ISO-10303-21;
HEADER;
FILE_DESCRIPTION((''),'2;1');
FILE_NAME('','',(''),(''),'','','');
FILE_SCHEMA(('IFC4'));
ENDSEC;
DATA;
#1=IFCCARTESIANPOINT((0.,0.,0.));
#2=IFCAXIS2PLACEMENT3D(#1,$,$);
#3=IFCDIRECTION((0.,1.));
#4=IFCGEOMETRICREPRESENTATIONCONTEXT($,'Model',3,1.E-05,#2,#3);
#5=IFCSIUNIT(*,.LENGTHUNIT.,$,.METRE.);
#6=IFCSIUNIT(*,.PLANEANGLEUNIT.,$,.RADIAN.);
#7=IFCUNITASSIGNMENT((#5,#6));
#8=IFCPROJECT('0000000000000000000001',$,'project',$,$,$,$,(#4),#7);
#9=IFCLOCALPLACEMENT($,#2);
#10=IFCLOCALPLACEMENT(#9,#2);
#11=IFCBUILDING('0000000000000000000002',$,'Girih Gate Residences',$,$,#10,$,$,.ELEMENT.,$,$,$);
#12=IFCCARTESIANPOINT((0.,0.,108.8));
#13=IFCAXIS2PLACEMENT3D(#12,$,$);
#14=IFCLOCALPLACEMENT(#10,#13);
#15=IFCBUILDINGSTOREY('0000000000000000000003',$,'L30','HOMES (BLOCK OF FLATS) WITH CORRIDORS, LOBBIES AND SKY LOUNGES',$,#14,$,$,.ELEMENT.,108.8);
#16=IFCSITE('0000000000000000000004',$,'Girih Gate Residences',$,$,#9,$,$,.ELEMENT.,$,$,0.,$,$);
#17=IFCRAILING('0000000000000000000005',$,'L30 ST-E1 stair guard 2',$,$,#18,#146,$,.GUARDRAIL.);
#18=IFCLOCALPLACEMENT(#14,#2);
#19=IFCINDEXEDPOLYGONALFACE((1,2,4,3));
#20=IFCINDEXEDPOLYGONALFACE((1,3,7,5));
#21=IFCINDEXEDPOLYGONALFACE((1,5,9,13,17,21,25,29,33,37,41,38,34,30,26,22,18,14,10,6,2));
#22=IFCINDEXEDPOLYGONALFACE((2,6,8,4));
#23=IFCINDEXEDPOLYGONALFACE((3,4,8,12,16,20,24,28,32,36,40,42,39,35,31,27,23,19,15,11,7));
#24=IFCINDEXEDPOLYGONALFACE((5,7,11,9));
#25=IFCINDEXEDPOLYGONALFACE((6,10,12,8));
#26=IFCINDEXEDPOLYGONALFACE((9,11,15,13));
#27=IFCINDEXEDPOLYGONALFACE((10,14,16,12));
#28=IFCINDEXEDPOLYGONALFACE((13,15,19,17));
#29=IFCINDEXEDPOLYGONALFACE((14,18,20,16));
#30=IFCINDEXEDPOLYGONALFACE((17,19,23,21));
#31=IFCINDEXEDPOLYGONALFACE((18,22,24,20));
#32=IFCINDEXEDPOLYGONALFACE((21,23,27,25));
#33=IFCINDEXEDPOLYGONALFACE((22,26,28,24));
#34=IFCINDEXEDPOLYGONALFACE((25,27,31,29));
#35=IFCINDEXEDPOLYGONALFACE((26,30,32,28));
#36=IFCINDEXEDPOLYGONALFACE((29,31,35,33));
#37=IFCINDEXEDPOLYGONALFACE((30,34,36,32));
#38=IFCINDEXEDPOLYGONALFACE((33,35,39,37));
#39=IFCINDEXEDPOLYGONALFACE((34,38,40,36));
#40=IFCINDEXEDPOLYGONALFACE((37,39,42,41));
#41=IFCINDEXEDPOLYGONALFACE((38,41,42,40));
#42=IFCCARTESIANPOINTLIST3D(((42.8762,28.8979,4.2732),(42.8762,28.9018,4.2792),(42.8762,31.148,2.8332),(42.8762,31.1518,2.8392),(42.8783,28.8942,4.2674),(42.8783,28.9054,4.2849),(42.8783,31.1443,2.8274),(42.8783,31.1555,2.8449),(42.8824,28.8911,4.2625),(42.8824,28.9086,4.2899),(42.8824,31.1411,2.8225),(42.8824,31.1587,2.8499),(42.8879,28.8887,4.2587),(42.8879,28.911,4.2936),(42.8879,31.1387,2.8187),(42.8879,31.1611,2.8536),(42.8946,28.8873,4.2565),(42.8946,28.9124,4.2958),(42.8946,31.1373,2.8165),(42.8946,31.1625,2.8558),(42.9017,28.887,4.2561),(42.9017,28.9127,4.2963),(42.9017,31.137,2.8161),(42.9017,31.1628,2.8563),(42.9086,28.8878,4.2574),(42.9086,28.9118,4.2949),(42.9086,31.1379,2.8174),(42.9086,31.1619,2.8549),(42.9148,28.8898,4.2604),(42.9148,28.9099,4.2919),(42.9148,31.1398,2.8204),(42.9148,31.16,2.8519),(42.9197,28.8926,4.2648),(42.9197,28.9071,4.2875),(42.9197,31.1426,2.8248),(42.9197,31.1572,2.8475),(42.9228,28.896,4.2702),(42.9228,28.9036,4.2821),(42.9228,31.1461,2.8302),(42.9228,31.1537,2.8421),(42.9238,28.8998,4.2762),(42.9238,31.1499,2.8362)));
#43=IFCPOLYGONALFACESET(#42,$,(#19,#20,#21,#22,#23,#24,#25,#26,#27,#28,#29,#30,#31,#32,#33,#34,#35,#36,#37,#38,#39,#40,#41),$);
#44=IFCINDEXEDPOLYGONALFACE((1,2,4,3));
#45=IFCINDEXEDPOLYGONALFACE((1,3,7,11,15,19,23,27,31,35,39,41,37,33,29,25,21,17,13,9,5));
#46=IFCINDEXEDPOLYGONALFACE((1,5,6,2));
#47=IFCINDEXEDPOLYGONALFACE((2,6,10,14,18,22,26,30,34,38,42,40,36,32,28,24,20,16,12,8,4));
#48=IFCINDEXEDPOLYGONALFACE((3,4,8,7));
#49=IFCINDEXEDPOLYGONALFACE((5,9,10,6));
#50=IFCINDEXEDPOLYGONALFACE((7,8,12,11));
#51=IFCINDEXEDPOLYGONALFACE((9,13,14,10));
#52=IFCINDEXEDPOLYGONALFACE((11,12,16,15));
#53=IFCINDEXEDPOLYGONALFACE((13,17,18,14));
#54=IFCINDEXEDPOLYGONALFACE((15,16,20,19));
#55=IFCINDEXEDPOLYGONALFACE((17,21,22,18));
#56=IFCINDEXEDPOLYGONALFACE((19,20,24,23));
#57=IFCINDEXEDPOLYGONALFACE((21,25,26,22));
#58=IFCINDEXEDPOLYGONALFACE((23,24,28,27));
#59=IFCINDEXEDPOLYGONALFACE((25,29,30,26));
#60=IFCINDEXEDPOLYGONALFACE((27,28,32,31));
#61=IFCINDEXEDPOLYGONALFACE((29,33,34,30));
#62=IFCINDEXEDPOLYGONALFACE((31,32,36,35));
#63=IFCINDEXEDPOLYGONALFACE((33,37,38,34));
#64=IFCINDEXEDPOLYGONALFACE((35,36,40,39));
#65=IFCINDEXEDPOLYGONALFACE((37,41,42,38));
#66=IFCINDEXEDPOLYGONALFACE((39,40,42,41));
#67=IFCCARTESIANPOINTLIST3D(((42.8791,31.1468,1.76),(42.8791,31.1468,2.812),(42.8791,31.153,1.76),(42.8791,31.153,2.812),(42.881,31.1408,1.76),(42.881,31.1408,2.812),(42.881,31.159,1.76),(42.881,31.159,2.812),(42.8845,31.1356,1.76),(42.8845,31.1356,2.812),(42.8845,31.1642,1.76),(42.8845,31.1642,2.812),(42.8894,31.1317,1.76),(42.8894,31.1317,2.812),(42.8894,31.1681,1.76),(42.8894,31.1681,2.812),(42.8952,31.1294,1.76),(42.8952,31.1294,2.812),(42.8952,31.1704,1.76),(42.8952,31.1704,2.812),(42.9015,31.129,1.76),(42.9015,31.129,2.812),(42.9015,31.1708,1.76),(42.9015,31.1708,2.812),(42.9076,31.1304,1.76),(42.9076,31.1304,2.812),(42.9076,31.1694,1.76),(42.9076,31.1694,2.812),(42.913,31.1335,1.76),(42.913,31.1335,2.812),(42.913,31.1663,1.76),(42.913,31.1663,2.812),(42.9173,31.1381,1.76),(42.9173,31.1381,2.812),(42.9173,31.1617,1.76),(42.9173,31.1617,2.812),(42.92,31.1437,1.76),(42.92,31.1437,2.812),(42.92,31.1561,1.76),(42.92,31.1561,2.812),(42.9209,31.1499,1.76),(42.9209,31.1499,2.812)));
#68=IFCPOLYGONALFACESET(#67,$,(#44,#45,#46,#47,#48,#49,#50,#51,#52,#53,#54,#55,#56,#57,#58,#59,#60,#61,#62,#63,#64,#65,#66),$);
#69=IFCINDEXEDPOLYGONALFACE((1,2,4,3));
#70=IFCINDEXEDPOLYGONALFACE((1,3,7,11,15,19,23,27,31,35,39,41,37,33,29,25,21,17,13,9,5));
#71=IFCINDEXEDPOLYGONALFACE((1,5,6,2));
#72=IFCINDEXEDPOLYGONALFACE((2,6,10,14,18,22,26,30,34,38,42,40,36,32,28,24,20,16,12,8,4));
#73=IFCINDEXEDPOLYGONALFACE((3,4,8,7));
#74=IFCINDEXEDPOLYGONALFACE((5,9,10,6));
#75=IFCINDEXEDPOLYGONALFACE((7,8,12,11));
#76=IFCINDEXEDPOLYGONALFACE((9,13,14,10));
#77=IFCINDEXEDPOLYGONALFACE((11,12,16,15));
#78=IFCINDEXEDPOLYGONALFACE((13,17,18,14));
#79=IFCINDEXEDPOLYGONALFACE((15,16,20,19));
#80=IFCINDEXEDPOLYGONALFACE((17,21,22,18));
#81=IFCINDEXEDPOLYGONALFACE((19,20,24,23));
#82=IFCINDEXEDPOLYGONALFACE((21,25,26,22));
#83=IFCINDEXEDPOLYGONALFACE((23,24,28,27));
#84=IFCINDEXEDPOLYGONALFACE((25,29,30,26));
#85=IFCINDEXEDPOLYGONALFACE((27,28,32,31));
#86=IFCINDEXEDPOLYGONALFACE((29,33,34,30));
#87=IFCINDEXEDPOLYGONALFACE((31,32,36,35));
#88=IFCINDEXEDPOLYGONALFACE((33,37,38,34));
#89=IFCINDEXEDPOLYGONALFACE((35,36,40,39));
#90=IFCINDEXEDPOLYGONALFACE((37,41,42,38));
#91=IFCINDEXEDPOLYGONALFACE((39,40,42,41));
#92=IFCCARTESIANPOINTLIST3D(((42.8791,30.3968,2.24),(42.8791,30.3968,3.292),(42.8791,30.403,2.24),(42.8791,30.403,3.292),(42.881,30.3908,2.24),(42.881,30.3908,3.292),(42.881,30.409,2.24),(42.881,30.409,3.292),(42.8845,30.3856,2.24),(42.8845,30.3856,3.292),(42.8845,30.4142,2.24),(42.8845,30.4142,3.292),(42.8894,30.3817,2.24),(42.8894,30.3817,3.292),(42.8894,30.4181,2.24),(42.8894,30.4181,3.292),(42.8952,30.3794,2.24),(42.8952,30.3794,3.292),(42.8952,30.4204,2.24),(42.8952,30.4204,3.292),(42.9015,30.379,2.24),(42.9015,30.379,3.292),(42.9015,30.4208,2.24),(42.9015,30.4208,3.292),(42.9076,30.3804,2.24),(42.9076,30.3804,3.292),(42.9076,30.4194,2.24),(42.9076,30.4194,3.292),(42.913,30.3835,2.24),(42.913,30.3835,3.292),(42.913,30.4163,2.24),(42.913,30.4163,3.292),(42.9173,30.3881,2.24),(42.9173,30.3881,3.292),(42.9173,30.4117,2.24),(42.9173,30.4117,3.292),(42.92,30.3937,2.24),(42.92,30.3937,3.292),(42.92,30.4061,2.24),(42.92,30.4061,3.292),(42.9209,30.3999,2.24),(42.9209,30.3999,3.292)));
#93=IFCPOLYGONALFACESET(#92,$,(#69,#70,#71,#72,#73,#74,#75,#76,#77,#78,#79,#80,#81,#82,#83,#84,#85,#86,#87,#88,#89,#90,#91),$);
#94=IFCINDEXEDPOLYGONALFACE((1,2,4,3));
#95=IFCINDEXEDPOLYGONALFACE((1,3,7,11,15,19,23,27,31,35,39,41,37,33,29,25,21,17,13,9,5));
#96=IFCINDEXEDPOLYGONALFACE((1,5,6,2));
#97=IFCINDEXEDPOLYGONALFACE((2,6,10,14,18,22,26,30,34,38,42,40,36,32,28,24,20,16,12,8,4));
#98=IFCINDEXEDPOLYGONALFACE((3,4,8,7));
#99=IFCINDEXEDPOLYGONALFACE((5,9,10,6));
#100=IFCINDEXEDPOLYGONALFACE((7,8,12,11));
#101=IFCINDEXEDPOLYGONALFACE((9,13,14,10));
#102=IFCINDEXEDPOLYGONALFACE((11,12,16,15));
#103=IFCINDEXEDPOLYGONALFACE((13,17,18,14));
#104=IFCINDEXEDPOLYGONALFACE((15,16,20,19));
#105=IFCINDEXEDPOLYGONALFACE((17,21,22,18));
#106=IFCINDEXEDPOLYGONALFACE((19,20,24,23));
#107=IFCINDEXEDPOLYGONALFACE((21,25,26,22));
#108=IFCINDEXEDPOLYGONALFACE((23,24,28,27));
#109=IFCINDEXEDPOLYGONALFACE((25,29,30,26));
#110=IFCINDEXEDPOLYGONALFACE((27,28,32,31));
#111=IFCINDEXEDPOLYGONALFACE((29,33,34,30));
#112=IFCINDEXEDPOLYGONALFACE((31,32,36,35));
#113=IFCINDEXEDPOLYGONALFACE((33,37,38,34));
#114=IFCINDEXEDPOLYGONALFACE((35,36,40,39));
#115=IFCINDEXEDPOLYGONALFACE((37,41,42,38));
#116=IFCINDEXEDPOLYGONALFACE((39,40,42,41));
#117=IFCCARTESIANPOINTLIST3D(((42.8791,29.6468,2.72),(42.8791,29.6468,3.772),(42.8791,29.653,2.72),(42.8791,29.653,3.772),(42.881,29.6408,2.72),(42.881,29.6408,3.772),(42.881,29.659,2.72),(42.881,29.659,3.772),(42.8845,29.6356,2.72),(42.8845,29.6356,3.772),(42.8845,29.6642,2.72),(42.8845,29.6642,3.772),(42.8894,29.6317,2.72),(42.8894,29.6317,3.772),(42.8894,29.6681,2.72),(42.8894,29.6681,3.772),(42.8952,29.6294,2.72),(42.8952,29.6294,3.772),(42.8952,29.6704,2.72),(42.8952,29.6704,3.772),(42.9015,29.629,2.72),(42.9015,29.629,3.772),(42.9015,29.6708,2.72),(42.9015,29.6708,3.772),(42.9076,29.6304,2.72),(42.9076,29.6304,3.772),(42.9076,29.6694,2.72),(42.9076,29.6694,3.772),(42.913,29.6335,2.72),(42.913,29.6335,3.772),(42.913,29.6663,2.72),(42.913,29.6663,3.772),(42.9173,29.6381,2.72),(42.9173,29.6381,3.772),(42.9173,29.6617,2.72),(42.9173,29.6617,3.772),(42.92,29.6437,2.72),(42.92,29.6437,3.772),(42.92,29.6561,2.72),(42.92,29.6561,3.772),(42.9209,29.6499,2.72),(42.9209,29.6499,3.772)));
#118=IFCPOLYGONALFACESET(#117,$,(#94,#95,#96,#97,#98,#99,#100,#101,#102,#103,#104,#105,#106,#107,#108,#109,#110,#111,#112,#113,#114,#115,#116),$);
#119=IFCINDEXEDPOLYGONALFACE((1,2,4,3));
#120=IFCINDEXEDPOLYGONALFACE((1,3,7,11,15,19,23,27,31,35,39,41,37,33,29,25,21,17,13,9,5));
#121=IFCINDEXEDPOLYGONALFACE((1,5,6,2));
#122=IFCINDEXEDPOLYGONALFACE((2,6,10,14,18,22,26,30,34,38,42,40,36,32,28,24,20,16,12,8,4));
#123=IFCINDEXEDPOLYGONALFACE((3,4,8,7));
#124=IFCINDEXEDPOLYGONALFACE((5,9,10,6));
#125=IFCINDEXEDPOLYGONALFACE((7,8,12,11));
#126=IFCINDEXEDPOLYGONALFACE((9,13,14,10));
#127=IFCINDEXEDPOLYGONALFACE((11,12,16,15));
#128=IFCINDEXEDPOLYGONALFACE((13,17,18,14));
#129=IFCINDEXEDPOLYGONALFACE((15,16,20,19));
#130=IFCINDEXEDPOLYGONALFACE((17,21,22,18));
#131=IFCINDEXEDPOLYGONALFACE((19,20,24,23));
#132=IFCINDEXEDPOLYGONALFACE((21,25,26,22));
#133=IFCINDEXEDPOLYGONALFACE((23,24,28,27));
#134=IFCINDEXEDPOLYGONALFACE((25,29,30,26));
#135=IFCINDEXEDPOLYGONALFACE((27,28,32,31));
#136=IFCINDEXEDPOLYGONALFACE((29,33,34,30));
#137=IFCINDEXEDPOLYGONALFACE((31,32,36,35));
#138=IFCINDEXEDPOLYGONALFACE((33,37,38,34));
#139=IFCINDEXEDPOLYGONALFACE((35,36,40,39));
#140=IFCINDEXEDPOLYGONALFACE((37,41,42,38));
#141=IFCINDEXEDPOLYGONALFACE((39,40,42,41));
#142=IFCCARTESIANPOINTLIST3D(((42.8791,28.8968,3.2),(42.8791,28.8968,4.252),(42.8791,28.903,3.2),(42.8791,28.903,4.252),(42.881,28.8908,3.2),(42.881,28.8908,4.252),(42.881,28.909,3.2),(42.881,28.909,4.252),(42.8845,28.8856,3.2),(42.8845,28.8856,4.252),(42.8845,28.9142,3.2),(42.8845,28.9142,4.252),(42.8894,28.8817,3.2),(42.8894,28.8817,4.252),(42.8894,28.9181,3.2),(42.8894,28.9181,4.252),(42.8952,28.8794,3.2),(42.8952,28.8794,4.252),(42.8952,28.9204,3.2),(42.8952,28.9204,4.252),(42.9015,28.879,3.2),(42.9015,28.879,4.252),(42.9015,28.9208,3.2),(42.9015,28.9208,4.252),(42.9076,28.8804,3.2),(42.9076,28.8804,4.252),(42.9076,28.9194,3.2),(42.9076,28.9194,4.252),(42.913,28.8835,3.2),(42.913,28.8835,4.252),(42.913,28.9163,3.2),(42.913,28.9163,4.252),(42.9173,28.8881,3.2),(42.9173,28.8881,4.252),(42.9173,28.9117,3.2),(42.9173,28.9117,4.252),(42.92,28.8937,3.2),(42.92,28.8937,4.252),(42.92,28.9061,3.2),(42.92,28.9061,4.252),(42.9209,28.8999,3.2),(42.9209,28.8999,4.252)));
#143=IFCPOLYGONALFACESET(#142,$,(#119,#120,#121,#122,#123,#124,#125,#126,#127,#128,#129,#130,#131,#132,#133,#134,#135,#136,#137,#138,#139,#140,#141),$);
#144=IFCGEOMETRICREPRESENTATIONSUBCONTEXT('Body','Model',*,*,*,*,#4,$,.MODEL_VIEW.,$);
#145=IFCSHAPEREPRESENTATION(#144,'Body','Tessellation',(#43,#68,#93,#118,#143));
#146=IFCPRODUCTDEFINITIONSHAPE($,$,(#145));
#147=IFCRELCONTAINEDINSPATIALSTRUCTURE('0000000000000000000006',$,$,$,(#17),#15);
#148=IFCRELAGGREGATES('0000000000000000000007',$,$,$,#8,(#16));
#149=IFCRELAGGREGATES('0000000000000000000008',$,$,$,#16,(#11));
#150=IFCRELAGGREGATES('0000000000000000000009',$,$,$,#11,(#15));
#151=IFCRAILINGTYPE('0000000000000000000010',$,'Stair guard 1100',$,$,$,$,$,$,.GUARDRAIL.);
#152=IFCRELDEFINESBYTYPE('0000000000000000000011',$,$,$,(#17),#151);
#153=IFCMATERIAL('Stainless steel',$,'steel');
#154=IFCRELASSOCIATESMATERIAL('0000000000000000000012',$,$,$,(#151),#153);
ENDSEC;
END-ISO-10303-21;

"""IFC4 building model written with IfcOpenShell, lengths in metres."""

from ifc_helpers import new_model, si_unit, direction, frame, origin, origin_2d, place, context, subcontext, project, spatial, circle, extrude, material, type_object, element, save


model = new_model("IFC4")

# Units and contexts
model_context = context("Model", 3, precision=1e-05, world=origin(), true_north=direction((0.0, 1.0)))
body_context = subcontext(model_context, "Body", "Model", "MODEL_VIEW")
ifc_project = project(units=[si_unit("LENGTHUNIT", "METRE"), si_unit("PLANEANGLEUNIT", "RADIAN")], contexts=[model_context])

# Site, building, storey
site_placement = place(None, origin())
site = spatial("IfcSite", under=ifc_project, at=site_placement, Name="Girih Gate Residences", CompositionType="ELEMENT", RefElevation=0.0)
building_placement = place(site_placement, origin())
building = spatial("IfcBuilding", under=site, at=building_placement, Name="Girih Gate Residences", CompositionType="ELEMENT")
storey_placement = place(building_placement, frame((0.0, 0.0, 108.8)))
storey = spatial("IfcBuildingStorey", under=building, at=storey_placement, Name="L30", Description="HOMES (BLOCK OF FLATS) WITH CORRIDORS, LOBBIES AND SKY LOUNGES", CompositionType="ELEMENT", Elevation=108.8)

# Railing
ifc_material_1 = material(Name="Stainless steel", Category="steel")
railing_type_1 = type_object("IfcRailingType", Name="Stair guard 1100", PredefinedType="GUARDRAIL", material=ifc_material_1)
railing_1_placement = place(storey_placement, frame((42.8999, 31.1499, 1.76)))
element("IfcRailing", 1, at=railing_1_placement, inside=storey, type_object=railing_type_1, Name="L30 ST-E1 stair guard 2", PredefinedType="GUARDRAIL", context=body_context, shape_type="SweptSolid", body=[
    extrude(circle(Radius=0.0239, at=origin_2d()), frame((0.0, 0.0, 1.0762), z_axis=(0.0, -0.842281, 0.539038), x_axis=(1.0, 0.0, 0.0)), (0.0, 0.0, 1.0), 2.6714),
    extrude(circle(Radius=0.021, at=origin_2d()), origin(), (0.0, 0.0, 1.0), 1.052),
    extrude(circle(Radius=0.021, at=origin_2d()), frame((0.0, -0.75, 0.48)), (0.0, 0.0, 1.0), 1.052),
    extrude(circle(Radius=0.021, at=origin_2d()), frame((0.0, -1.5, 0.96)), (0.0, 0.0, 1.0), 1.052),
    extrude(circle(Radius=0.021, at=origin_2d()), frame((0.0, -2.25, 1.4399)), (0.0, 0.0, 1.0), 1.052),
])

save(model, "model.ifc")
